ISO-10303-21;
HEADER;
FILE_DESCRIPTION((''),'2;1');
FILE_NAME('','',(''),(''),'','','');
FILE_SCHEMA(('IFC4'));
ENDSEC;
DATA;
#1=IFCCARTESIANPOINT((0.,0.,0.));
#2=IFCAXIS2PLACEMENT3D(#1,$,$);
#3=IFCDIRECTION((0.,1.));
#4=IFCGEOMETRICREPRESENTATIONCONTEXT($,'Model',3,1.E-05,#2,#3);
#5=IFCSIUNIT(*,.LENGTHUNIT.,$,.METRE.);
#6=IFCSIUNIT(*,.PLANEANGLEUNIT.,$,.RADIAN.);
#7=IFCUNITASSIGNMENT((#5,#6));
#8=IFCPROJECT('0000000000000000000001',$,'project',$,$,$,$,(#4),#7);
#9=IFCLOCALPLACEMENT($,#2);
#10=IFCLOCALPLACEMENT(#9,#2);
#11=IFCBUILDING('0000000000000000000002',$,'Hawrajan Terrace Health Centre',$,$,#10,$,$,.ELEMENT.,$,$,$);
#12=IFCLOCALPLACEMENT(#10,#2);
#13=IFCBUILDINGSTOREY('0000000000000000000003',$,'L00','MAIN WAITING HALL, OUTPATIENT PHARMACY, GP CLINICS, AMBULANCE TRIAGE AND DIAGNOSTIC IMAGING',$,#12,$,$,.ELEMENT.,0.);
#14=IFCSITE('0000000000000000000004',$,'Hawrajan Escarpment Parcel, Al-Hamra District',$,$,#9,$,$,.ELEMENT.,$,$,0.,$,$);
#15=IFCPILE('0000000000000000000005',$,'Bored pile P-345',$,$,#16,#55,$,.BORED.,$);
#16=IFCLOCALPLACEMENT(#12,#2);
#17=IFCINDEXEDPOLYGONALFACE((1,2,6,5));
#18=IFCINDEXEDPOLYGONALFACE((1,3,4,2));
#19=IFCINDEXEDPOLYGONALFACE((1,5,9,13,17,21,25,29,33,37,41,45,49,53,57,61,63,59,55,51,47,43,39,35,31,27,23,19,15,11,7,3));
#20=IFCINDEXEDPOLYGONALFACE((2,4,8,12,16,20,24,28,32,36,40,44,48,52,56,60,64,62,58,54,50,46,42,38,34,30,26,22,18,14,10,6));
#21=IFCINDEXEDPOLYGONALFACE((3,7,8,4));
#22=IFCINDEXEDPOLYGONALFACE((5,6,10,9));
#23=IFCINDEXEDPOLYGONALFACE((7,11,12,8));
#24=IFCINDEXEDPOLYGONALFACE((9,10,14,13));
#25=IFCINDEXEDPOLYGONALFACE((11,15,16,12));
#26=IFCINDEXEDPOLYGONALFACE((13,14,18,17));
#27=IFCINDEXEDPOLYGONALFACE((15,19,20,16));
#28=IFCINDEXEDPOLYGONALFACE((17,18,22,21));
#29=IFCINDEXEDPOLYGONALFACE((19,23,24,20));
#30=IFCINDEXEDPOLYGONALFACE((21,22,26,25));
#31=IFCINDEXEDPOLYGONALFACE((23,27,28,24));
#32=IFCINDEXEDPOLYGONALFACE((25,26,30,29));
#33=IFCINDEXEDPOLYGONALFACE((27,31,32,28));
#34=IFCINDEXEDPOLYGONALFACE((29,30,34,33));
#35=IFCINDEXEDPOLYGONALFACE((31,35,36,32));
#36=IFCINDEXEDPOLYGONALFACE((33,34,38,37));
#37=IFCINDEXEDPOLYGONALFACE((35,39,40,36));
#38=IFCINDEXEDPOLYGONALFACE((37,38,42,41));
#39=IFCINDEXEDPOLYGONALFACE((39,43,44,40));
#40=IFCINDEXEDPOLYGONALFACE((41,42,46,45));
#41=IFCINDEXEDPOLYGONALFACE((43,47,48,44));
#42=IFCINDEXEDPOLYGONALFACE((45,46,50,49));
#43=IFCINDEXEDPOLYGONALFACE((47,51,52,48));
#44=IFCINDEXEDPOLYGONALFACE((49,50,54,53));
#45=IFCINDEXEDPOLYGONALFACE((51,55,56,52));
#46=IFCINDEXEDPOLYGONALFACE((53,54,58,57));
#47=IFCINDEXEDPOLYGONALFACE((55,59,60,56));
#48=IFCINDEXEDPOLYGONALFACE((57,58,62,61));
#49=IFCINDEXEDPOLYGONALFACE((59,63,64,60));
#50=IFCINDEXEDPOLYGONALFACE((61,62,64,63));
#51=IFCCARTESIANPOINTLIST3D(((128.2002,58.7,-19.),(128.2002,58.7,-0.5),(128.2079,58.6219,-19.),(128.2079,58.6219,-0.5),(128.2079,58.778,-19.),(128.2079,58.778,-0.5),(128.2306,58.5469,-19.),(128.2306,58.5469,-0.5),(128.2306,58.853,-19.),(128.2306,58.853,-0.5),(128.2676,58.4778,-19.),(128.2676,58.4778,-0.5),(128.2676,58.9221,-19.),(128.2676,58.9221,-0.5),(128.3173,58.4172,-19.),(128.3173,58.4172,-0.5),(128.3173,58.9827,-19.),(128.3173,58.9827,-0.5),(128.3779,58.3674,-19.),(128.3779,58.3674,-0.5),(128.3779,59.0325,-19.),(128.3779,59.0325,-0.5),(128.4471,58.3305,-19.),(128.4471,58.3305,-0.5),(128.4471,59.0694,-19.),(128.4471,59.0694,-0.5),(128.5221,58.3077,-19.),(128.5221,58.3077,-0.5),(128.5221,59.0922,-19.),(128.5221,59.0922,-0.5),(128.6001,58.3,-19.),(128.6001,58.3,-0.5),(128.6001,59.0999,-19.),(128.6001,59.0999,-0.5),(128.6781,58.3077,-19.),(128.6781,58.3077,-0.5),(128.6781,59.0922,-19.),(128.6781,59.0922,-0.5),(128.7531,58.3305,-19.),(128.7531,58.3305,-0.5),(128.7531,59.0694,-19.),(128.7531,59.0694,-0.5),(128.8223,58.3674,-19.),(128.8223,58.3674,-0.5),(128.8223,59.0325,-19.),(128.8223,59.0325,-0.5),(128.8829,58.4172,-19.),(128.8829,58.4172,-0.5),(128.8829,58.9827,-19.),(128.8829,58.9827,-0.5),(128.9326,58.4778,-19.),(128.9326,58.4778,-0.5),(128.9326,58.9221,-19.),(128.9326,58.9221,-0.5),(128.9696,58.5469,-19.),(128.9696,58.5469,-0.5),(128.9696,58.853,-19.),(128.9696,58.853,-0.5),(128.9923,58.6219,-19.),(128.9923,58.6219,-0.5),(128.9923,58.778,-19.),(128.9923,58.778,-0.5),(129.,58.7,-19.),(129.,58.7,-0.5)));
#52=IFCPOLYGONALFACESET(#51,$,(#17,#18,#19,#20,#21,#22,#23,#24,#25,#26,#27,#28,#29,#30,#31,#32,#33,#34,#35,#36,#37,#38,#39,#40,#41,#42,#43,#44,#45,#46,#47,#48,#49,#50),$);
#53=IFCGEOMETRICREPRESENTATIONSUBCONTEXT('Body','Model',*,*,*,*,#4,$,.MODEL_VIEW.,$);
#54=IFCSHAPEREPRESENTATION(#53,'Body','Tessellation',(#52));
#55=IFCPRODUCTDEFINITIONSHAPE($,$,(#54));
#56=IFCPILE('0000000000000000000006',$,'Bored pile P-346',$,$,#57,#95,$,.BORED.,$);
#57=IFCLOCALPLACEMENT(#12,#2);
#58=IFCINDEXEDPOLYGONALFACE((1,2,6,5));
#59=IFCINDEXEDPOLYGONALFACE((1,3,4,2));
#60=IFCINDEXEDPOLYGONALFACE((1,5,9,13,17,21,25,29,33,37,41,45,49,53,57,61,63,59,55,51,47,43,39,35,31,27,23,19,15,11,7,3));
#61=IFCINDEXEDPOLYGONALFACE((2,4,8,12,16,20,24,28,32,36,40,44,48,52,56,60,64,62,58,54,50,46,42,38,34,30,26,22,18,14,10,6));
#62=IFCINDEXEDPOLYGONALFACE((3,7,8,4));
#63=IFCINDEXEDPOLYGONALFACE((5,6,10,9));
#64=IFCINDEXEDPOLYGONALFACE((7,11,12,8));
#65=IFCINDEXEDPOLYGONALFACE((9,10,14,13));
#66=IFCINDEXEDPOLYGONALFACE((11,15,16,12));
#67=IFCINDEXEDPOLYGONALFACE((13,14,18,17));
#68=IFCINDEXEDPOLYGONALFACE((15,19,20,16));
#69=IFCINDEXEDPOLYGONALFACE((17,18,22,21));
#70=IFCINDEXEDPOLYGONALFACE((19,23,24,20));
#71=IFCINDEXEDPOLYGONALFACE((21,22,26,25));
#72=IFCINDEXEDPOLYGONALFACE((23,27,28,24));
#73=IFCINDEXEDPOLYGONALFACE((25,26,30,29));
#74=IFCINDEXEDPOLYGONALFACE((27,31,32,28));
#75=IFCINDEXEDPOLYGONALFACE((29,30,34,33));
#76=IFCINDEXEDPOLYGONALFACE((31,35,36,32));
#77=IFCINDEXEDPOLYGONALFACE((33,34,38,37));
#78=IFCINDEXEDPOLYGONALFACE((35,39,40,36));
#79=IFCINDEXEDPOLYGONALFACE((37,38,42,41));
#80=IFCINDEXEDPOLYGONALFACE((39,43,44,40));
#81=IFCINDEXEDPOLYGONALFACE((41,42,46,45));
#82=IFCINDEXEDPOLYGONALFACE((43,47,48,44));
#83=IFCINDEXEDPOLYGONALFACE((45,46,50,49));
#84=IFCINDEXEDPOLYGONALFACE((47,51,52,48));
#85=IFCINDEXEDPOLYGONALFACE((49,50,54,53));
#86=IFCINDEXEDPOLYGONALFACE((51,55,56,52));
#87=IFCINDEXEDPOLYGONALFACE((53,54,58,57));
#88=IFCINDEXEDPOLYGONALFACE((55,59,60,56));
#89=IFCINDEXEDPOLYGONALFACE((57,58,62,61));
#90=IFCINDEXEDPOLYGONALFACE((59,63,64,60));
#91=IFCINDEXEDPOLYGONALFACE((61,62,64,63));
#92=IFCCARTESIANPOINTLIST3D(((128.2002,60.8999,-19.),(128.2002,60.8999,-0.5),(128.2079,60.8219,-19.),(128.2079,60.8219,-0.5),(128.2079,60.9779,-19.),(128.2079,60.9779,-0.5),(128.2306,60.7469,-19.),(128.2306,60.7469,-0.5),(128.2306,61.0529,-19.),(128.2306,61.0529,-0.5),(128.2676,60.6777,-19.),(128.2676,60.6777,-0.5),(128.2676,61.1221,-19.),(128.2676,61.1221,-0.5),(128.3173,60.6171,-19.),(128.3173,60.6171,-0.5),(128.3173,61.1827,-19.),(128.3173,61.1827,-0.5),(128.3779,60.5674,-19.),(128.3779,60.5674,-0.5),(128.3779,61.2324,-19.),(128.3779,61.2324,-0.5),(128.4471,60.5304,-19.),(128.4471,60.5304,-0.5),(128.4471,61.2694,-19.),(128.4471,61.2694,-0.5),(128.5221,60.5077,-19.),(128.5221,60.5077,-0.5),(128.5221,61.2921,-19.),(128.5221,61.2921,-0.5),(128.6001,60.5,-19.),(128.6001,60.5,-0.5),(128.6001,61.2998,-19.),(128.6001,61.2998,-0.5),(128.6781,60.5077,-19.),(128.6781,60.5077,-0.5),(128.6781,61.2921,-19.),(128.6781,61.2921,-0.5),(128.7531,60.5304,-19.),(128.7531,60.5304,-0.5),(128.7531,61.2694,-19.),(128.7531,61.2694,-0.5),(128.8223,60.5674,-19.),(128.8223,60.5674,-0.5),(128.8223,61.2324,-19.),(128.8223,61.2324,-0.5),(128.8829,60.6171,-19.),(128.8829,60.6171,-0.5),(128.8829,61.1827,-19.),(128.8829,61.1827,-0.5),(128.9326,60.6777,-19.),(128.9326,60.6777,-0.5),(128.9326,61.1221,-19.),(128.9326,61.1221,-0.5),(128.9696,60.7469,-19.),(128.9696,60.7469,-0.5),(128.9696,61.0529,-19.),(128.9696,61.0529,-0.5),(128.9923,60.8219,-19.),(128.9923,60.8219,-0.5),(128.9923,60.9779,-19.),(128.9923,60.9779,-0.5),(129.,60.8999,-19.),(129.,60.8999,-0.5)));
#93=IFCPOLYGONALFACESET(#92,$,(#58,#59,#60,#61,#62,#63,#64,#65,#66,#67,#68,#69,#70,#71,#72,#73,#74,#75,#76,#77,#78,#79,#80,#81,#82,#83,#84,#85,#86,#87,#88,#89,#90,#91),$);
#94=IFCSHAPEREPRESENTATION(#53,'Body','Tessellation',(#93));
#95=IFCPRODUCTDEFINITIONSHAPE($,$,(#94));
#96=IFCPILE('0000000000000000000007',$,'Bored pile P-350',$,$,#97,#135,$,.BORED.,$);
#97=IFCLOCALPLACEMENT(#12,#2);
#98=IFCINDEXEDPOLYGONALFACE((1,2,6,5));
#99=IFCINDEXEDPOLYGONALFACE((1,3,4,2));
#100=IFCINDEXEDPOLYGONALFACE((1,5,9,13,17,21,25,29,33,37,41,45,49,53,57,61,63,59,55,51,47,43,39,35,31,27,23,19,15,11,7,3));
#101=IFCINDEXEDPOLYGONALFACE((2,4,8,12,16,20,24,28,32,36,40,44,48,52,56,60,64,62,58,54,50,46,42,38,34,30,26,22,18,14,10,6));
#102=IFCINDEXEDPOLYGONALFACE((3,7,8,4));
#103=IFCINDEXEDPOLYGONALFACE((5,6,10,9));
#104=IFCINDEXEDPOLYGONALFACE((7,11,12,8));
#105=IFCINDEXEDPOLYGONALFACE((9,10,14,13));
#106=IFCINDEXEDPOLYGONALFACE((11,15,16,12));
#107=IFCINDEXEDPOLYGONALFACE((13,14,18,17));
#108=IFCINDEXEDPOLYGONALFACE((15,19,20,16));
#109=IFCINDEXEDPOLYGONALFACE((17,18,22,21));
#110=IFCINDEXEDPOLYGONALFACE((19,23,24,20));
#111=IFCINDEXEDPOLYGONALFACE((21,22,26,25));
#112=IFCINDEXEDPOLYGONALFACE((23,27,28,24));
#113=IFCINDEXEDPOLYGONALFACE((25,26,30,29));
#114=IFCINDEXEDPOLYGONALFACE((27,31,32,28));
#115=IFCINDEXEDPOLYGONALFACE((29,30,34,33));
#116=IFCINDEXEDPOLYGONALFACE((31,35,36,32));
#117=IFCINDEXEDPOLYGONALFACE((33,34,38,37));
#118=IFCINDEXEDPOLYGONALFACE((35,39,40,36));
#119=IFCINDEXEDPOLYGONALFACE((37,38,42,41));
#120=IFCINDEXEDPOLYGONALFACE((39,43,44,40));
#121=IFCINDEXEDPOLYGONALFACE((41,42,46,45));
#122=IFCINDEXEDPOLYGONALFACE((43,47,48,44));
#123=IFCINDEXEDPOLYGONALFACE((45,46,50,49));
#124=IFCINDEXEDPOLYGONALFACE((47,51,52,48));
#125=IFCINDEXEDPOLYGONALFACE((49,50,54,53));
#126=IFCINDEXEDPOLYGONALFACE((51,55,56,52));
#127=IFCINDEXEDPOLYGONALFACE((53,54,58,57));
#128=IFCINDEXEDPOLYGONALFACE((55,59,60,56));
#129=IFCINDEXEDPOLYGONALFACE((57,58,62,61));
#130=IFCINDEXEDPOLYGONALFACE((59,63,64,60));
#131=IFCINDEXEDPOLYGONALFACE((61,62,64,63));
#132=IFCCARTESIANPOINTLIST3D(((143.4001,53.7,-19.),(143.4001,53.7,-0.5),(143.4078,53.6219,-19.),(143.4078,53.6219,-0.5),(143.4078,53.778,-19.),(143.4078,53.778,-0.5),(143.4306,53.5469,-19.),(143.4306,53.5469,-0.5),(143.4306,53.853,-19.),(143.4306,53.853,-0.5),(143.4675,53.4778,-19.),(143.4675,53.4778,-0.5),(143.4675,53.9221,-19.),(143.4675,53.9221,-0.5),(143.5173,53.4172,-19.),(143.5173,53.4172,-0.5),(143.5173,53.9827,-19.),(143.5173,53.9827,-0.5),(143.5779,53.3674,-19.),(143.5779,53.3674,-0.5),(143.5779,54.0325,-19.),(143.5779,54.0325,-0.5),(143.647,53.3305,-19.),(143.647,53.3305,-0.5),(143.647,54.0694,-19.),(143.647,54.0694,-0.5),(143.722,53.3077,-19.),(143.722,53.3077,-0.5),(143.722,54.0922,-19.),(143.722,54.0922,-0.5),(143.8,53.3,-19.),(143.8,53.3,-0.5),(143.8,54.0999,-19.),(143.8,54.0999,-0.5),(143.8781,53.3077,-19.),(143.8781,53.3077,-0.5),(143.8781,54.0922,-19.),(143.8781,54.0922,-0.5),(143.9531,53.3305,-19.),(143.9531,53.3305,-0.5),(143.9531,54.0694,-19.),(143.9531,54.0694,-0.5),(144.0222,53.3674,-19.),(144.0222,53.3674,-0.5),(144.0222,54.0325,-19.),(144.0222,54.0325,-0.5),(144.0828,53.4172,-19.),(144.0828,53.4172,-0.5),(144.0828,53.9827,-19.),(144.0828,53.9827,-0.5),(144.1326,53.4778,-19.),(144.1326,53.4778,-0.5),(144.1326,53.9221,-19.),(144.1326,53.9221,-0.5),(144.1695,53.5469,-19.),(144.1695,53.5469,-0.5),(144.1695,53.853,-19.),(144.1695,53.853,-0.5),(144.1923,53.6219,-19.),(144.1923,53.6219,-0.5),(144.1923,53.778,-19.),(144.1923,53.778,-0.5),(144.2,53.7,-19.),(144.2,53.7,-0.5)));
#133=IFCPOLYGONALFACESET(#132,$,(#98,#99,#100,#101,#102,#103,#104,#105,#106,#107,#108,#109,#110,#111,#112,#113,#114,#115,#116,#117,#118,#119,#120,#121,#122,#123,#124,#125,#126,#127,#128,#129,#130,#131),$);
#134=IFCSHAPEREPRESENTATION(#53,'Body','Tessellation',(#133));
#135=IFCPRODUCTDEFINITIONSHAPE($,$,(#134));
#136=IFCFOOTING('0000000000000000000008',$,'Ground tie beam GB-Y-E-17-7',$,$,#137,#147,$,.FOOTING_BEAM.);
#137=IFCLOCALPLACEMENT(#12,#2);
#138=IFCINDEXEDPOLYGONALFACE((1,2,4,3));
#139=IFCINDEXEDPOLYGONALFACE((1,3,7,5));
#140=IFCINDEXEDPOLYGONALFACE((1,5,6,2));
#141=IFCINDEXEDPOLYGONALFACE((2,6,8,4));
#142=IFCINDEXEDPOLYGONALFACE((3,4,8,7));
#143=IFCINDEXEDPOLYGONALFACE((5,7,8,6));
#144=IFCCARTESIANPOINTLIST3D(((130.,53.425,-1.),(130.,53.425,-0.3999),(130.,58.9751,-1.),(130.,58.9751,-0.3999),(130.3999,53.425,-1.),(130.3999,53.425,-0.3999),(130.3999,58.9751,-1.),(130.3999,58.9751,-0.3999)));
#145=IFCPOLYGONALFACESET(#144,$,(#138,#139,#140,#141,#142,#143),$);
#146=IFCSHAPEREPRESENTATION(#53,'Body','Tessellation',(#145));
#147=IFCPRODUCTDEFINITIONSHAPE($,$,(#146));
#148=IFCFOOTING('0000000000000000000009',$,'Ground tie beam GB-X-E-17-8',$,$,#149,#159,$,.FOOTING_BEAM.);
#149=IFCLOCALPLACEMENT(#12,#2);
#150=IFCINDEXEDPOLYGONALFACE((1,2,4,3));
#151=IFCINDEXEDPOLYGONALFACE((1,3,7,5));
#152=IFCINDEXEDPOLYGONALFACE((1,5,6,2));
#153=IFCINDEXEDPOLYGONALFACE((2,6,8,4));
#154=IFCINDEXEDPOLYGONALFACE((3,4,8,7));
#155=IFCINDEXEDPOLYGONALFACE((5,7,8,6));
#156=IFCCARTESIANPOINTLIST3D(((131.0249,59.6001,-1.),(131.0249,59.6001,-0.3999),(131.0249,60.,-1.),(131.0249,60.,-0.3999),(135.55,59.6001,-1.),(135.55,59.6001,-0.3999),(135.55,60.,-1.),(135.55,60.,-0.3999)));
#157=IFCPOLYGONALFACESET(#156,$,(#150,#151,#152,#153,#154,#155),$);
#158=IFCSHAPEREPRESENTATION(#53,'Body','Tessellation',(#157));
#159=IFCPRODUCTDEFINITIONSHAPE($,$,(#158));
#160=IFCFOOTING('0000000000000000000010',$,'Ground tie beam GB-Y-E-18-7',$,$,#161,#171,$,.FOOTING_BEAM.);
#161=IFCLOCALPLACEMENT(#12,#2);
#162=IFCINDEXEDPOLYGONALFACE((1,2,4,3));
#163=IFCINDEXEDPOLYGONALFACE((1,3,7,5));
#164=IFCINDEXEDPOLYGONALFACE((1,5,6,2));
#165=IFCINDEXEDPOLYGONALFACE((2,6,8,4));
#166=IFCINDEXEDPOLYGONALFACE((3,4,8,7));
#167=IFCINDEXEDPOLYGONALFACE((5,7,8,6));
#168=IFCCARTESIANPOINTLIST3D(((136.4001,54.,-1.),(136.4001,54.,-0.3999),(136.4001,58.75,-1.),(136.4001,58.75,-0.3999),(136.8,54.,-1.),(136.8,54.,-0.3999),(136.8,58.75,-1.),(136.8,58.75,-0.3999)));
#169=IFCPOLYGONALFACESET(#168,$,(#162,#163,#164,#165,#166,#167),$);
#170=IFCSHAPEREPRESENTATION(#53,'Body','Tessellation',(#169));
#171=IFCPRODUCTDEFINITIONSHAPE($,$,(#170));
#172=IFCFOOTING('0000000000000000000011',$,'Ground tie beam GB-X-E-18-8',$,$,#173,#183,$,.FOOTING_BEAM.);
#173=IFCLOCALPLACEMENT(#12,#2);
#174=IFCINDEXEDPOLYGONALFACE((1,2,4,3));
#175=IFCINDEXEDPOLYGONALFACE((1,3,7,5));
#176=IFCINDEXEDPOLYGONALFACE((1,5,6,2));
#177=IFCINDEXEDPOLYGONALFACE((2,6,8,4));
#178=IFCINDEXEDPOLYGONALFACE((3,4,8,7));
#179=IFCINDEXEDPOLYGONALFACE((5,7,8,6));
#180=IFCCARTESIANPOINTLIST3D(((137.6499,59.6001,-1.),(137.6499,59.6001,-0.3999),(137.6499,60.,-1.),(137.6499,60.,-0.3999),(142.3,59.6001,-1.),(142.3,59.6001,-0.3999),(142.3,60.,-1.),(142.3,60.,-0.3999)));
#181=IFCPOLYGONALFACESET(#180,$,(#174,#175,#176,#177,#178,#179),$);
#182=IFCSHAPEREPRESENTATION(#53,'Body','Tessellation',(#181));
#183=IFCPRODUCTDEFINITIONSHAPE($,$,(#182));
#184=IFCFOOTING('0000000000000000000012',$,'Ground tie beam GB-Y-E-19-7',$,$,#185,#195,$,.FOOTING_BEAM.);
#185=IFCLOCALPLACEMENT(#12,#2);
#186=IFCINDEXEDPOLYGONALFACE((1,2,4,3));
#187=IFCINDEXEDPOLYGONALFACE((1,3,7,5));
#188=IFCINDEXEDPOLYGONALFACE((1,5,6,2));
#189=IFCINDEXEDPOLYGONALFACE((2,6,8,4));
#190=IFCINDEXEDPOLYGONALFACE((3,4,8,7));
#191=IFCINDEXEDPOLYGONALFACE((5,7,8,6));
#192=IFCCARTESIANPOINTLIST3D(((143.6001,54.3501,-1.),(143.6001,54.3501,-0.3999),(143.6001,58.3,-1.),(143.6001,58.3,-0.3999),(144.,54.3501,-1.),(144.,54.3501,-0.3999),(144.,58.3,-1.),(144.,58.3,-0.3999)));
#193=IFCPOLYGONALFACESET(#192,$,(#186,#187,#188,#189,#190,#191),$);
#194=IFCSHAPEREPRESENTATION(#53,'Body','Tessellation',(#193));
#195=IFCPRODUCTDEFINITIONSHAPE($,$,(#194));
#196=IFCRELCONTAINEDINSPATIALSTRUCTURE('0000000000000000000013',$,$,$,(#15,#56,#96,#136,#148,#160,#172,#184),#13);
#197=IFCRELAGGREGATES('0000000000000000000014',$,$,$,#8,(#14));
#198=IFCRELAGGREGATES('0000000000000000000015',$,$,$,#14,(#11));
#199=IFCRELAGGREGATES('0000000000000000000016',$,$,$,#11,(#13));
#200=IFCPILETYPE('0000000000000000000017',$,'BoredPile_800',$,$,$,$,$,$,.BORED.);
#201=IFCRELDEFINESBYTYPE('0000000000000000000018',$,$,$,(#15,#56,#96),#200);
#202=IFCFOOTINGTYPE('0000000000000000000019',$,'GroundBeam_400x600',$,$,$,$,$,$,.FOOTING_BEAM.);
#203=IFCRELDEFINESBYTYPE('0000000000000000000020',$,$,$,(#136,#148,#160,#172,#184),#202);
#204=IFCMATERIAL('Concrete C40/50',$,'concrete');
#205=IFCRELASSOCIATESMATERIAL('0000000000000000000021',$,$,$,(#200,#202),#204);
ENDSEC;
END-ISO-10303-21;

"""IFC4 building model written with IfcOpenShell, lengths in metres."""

from ifc_helpers import new_model, si_unit, direction, frame, origin, origin_2d, place, context, subcontext, project, spatial, rectangle, circle, extrude, material, material_profile, profile_set, type_object, element, save


model = new_model("IFC4")

# Units and contexts
model_context = context("Model", 3, precision=1e-05, world=origin(), true_north=direction((0.0, 1.0)))
body_context = subcontext(model_context, "Body", "Model", "MODEL_VIEW")
ifc_project = project(units=[si_unit("LENGTHUNIT", "METRE"), si_unit("PLANEANGLEUNIT", "RADIAN")], contexts=[model_context])

# Site, building, storey
site_placement = place(None, origin())
site = spatial("IfcSite", under=ifc_project, at=site_placement, Name="Hawrajan Escarpment Parcel, Al-Hamra District", CompositionType="ELEMENT", RefElevation=0.0)
building_placement = place(site_placement, origin())
building = spatial("IfcBuilding", under=site, at=building_placement, Name="Hawrajan Terrace Health Centre", CompositionType="ELEMENT")
storey_placement = place(building_placement, origin())
storey = spatial("IfcBuildingStorey", under=building, at=storey_placement, Name="L00", Description="MAIN WAITING HALL, OUTPATIENT PHARMACY, GP CLINICS, AMBULANCE TRIAGE AND DIAGNOSTIC IMAGING", CompositionType="ELEMENT", Elevation=0.0)

# Piles
ifc_material_1 = material(Name="Concrete C40/50", Category="concrete")
ifc_material_profile_1 = material_profile(ifc_material_1, circle(Radius=0.3999, at=origin_2d()), Name="BP 800")
ifc_profile_set_1 = profile_set([ifc_material_profile_1], Name="Concrete C40/50")
pile_type = type_object("IfcPileType", Name="BoredPile_800", PredefinedType="BORED", material=ifc_profile_set_1)
for number, where, z_axis, x_axis, name in (
    (1, (128.6001, 58.7, -0.5), (0.0, 0.0, -1.0), (1.0, 0.0, 0.0), "Bored pile P-345"),
    (2, (128.6001, 60.8999, -0.5), (0.0, 0.0, -1.0), (1.0, 0.0, 0.0), "Bored pile P-346"),
    (3, (143.8, 53.7, -0.5), (0.0, 0.0, -1.0), (1.0, 0.0, 0.0), "Bored pile P-350"),
):
    element("IfcPile", number, at=place(storey_placement, frame(where, z_axis=z_axis, x_axis=x_axis)), inside=storey, type_object=pile_type, Name=name, PredefinedType="BORED", context=body_context, shape_type="SweptSolid", body=[
        extrude(circle(Radius=0.3999, at=origin_2d()), origin(), (0.0, 0.0, 1.0), 18.5),
    ])

# Footings
ifc_material_profile_2 = material_profile(ifc_material_1, rectangle(XDim=0.3999, YDim=0.6001, at=origin_2d()), Name="RC BM 400x600")
ifc_profile_set_2 = profile_set([ifc_material_profile_2], Name="Concrete C40/50")
footing_type_1 = type_object("IfcFootingType", Name="GroundBeam_400x600", PredefinedType="FOOTING_BEAM", material=ifc_profile_set_2)
footing_1_placement = place(storey_placement, frame((130.2, 53.425, -0.7), z_axis=(0.0, 1.0, 0.0), x_axis=(-1.0, 0.0, 0.0)))
element("IfcFooting", 4, at=footing_1_placement, inside=storey, type_object=footing_type_1, Name="Ground tie beam GB-Y-E-17-7", PredefinedType="FOOTING_BEAM", context=body_context, shape_type="SweptSolid", body=[
    extrude(rectangle(XDim=0.3999, YDim=0.6001, at=origin_2d()), origin(), (0.0, 0.0, 1.0), 5.55),
])
footing_2_placement = place(storey_placement, frame((131.0249, 59.8, -0.7), z_axis=(1.0, 0.0, 0.0), x_axis=(0.0, 1.0, 0.0)))
element("IfcFooting", 5, at=footing_2_placement, inside=storey, type_object=footing_type_1, Name="Ground tie beam GB-X-E-17-8", PredefinedType="FOOTING_BEAM", context=body_context, shape_type="SweptSolid", body=[
    extrude(rectangle(XDim=0.3999, YDim=0.6001, at=origin_2d()), origin(), (0.0, 0.0, 1.0), 4.5251),
])
footing_3_placement = place(storey_placement, frame((136.6001, 54.0, -0.7), z_axis=(0.0, 1.0, 0.0), x_axis=(-1.0, 0.0, 0.0)))
element("IfcFooting", 6, at=footing_3_placement, inside=storey, type_object=footing_type_1, Name="Ground tie beam GB-Y-E-18-7", PredefinedType="FOOTING_BEAM", context=body_context, shape_type="SweptSolid", body=[
    extrude(rectangle(XDim=0.3999, YDim=0.6001, at=origin_2d()), origin(), (0.0, 0.0, 1.0), 4.75),
])
footing_4_placement = place(storey_placement, frame((137.6499, 59.8, -0.7), z_axis=(1.0, 0.0, 0.0), x_axis=(0.0, 1.0, 0.0)))
element("IfcFooting", 7, at=footing_4_placement, inside=storey, type_object=footing_type_1, Name="Ground tie beam GB-X-E-18-8", PredefinedType="FOOTING_BEAM", context=body_context, shape_type="SweptSolid", body=[
    extrude(rectangle(XDim=0.3999, YDim=0.6001, at=origin_2d()), origin(), (0.0, 0.0, 1.0), 4.6501),
])
footing_5_placement = place(storey_placement, frame((143.8, 54.3501, -0.7), z_axis=(0.0, 1.0, 0.0), x_axis=(-1.0, 0.0, 0.0)))
element("IfcFooting", 8, at=footing_5_placement, inside=storey, type_object=footing_type_1, Name="Ground tie beam GB-Y-E-19-7", PredefinedType="FOOTING_BEAM", context=body_context, shape_type="SweptSolid", body=[
    extrude(rectangle(XDim=0.3999, YDim=0.6001, at=origin_2d()), origin(), (0.0, 0.0, 1.0), 3.95),
])

save(model, "model.ifc")
